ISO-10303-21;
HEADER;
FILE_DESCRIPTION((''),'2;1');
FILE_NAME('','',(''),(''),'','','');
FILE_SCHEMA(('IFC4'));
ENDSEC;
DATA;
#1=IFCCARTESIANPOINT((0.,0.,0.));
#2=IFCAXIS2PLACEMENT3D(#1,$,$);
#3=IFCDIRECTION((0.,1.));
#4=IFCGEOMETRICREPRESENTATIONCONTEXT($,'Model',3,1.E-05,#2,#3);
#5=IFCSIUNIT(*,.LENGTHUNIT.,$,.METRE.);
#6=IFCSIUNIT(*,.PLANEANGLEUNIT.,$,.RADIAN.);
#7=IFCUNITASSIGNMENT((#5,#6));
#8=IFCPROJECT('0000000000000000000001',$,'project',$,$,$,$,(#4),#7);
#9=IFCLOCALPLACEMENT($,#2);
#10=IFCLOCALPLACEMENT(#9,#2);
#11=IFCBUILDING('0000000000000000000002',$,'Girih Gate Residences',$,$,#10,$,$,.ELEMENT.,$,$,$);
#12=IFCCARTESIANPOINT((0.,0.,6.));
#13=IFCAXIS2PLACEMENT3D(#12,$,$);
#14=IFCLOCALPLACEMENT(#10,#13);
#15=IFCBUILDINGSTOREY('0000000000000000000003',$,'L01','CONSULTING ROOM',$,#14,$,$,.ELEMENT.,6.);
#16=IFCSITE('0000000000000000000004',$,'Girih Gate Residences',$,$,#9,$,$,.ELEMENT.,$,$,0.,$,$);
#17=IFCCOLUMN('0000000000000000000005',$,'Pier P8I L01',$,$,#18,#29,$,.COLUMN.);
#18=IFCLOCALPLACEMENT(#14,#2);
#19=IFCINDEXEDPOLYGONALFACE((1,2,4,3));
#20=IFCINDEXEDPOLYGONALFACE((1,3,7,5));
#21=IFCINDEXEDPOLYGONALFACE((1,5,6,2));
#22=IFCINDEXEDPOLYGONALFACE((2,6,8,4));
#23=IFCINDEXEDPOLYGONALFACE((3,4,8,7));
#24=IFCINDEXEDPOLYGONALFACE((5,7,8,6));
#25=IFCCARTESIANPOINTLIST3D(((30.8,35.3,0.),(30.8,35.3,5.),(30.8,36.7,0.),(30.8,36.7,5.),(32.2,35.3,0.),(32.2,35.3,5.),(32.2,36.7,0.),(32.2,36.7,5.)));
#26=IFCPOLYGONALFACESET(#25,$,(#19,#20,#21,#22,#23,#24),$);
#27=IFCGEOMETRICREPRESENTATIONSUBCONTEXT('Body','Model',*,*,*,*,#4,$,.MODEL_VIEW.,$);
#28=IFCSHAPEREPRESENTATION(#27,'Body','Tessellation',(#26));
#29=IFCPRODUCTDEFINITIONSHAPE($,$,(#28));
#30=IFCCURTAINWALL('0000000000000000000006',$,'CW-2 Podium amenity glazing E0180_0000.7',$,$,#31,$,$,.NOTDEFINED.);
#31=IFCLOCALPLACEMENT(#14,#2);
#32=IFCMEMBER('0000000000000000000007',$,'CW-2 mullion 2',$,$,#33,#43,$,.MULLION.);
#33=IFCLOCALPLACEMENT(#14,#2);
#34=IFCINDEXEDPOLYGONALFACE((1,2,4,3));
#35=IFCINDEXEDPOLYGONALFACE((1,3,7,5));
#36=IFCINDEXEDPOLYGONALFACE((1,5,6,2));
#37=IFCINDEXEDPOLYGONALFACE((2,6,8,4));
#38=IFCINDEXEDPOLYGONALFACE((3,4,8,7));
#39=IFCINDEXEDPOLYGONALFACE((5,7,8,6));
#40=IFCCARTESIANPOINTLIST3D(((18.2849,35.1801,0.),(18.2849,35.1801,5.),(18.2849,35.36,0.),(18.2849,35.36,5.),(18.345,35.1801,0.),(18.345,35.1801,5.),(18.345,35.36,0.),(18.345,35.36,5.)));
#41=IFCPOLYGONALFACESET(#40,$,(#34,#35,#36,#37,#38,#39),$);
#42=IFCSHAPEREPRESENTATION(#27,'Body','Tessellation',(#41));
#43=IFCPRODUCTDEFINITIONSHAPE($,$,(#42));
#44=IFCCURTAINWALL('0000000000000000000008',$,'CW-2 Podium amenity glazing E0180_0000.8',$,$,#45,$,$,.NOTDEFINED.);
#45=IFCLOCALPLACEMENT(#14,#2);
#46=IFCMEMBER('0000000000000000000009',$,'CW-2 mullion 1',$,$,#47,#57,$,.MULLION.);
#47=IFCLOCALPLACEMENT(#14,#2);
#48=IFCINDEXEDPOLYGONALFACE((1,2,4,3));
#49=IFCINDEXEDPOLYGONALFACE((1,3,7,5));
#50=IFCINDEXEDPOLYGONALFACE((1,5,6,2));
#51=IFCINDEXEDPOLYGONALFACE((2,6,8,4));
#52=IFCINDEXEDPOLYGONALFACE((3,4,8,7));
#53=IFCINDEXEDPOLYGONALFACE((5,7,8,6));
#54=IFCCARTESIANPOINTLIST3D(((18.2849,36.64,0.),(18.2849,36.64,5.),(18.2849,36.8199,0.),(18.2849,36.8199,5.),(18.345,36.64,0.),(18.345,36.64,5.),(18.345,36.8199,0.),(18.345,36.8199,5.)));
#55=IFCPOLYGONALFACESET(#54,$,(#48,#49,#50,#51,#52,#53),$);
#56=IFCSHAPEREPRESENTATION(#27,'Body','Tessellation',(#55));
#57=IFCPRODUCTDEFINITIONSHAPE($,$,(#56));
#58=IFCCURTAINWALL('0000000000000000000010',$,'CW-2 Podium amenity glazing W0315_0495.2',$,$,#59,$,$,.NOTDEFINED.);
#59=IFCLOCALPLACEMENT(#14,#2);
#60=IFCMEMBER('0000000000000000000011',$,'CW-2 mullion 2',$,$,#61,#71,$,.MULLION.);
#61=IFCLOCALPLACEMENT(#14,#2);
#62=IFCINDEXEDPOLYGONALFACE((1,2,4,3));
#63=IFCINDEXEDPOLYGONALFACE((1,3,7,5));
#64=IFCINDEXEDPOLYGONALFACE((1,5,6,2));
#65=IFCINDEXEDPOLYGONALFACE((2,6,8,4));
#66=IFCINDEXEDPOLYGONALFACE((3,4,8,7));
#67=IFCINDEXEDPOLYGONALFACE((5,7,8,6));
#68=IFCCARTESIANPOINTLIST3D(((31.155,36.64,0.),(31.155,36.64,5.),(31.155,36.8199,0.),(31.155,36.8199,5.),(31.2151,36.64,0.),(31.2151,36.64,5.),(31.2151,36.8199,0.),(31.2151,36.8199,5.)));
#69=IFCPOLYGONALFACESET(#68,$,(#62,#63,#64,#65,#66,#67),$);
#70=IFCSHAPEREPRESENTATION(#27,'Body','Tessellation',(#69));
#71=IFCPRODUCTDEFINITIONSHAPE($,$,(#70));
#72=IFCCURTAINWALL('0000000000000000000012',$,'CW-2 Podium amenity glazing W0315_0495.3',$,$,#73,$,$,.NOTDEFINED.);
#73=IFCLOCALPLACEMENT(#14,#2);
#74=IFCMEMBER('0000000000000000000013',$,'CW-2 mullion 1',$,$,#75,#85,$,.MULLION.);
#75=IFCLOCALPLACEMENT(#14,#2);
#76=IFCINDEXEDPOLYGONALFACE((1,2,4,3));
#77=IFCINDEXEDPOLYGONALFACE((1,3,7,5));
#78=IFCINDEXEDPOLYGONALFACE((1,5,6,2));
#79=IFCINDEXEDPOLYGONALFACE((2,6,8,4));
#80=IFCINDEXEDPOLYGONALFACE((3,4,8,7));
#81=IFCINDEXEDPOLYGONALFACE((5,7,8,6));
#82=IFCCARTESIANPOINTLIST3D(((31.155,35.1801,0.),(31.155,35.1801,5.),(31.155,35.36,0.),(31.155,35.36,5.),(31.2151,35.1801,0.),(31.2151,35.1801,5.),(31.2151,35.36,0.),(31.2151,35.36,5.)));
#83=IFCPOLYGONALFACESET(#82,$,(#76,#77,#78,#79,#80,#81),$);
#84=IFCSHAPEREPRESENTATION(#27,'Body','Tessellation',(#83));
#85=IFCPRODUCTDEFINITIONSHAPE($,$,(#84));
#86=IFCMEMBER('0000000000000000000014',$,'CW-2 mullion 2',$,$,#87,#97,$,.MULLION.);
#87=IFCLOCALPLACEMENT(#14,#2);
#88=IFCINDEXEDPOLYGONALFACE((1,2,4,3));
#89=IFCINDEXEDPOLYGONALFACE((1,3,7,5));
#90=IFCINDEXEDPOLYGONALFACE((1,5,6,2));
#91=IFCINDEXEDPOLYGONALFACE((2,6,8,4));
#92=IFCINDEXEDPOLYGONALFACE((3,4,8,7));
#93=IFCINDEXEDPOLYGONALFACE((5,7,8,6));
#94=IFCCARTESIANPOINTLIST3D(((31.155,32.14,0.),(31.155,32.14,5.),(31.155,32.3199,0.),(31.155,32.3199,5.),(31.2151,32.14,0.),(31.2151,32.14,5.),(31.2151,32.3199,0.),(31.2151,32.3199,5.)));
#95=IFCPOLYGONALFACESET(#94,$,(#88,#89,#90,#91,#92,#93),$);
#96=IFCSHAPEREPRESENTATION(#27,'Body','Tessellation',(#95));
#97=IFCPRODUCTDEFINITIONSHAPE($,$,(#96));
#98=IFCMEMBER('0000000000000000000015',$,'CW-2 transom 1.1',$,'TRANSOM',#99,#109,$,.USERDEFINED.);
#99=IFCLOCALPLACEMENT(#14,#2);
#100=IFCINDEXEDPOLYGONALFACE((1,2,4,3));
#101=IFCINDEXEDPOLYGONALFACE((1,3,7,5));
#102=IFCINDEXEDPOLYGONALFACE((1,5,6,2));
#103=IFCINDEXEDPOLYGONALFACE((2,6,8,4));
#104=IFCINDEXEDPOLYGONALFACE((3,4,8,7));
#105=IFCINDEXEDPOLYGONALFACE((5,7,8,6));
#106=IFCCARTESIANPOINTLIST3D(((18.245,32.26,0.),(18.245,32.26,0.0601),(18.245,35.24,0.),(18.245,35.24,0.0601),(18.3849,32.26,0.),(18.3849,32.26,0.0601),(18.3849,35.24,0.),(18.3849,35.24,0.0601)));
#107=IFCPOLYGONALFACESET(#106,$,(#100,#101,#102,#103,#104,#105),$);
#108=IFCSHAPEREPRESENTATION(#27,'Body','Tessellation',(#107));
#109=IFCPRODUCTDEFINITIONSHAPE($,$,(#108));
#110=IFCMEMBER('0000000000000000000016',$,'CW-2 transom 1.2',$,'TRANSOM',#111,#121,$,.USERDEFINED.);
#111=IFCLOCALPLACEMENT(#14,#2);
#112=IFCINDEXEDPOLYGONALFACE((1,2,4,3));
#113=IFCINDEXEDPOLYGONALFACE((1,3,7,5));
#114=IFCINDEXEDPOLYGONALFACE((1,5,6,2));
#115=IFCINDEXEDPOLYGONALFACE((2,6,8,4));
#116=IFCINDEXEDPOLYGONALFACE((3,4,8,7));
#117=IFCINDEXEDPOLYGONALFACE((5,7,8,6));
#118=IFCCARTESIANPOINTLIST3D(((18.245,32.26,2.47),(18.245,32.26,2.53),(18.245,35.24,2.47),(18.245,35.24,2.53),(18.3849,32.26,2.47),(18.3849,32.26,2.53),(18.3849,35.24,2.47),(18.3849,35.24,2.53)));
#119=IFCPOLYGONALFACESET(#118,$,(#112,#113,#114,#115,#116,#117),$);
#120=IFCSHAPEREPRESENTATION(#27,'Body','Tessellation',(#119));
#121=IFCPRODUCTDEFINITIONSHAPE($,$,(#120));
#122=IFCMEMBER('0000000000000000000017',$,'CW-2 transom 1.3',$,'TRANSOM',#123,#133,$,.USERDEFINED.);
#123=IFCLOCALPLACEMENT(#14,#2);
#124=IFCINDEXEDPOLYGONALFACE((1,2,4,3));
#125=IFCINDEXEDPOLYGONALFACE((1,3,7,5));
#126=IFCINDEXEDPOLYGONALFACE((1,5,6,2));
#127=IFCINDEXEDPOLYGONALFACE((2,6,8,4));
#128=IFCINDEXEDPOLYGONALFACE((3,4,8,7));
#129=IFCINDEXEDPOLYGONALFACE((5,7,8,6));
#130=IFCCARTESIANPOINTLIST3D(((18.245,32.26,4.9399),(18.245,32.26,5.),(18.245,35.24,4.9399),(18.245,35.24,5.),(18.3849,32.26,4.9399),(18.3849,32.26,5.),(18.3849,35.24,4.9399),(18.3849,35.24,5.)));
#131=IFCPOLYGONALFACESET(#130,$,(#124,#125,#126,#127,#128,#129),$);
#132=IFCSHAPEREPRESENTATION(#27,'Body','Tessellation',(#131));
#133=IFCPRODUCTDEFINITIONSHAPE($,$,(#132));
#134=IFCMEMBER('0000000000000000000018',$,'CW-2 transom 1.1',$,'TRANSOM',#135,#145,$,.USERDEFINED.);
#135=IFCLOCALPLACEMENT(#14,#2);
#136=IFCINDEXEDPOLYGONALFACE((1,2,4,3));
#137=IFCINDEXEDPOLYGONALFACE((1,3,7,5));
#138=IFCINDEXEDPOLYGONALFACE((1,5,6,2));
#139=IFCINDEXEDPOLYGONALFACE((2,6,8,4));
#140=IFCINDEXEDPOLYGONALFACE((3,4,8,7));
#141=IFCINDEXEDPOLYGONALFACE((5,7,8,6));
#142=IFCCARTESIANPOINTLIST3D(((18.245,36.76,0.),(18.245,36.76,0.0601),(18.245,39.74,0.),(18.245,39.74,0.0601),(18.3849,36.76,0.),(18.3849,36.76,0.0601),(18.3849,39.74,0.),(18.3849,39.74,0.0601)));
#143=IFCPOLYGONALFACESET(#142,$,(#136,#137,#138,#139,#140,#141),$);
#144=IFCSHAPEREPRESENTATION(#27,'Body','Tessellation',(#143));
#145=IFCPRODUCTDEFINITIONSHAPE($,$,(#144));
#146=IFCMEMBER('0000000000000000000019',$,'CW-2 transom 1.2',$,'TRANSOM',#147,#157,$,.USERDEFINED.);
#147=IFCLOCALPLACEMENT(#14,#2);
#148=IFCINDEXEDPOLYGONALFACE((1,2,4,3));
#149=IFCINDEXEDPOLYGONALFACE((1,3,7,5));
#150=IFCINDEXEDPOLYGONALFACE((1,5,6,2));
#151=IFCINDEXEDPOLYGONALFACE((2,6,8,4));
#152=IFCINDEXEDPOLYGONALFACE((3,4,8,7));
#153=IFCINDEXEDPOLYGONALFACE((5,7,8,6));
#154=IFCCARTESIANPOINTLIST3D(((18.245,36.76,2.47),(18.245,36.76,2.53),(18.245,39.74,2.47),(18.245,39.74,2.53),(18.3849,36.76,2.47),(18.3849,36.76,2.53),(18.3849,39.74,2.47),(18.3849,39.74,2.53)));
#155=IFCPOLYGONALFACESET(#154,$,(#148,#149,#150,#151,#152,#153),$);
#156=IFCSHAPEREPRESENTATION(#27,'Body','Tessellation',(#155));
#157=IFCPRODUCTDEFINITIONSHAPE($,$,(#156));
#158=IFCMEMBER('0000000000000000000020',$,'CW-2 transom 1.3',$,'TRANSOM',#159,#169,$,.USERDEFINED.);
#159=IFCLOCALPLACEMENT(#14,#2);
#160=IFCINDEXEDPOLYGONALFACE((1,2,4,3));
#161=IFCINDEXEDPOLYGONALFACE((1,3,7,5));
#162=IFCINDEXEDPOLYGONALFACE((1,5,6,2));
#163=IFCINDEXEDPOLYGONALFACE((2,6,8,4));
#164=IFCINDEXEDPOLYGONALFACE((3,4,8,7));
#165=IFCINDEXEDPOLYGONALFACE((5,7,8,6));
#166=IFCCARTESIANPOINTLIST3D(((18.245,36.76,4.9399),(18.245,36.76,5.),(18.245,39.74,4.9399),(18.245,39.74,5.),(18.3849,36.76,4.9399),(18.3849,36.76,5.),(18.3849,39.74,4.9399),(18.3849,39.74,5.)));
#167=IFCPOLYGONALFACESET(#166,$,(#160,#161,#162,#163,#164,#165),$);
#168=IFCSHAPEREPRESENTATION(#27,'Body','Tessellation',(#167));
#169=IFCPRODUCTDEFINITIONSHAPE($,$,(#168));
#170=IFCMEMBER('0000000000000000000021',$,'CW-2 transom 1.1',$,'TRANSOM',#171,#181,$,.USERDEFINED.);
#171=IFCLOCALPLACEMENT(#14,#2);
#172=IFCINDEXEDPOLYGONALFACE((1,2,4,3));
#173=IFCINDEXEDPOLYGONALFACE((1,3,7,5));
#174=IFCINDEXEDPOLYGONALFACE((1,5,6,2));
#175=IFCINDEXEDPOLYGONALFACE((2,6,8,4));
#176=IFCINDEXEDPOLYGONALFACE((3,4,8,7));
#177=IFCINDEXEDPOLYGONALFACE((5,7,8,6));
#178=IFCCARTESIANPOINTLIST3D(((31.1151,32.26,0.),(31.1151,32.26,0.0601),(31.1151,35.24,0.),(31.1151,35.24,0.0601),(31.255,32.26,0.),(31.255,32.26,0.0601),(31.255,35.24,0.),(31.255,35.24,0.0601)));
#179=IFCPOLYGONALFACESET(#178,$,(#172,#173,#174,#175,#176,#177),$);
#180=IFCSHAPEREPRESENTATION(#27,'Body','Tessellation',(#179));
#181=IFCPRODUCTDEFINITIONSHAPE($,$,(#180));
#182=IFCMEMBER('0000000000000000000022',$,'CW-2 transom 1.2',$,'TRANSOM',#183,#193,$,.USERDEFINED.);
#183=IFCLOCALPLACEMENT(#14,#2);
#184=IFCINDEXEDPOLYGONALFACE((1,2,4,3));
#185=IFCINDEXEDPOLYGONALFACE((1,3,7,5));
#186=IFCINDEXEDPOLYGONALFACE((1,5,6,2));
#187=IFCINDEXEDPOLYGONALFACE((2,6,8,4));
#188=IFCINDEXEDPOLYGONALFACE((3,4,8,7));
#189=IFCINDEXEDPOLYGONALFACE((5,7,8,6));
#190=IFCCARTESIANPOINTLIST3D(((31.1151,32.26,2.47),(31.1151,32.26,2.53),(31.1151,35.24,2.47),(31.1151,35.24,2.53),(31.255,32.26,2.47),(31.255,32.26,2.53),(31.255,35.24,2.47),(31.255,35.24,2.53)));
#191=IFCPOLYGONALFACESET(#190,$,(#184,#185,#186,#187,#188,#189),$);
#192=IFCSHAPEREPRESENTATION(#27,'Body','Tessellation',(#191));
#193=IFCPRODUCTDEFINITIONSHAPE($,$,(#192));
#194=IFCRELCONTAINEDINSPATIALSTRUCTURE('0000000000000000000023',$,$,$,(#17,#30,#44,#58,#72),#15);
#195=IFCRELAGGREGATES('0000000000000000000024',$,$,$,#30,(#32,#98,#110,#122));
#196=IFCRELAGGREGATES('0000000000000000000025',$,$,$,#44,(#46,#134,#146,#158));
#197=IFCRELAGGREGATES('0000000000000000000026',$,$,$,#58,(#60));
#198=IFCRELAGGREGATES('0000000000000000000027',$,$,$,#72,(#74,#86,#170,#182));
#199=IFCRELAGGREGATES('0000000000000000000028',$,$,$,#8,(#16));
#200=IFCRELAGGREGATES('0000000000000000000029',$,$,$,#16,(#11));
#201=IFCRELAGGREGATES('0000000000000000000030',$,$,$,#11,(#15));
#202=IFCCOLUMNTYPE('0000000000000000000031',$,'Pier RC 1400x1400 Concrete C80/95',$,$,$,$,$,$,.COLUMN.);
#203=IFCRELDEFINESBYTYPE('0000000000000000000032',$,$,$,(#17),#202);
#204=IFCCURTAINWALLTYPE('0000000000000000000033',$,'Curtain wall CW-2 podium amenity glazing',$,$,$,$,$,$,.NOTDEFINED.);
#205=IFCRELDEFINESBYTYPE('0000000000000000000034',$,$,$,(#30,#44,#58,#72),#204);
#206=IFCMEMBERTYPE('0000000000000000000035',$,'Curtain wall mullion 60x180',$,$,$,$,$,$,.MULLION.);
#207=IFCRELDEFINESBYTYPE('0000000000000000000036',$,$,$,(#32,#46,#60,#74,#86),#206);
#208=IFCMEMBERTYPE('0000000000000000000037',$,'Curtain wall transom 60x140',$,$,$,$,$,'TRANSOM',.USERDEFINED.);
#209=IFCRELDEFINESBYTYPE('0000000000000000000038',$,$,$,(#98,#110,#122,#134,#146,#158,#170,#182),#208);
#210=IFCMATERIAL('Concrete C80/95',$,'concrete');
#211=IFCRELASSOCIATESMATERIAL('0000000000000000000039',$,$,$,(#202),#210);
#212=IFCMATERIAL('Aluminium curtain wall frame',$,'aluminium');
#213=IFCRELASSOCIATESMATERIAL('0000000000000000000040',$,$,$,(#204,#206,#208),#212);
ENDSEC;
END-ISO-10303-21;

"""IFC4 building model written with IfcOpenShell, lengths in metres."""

from ifc_helpers import new_model, si_unit, direction, frame, origin, origin_2d, place, context, subcontext, project, spatial, rectangle, extrude, material, material_profile, profile_set, type_object, element, aggregate, save


model = new_model("IFC4")

# Units and contexts
model_context = context("Model", 3, precision=1e-05, world=origin(), true_north=direction((0.0, 1.0)))
body_context = subcontext(model_context, "Body", "Model", "MODEL_VIEW")
ifc_project = project(units=[si_unit("LENGTHUNIT", "METRE"), si_unit("PLANEANGLEUNIT", "RADIAN")], contexts=[model_context])

# Site, building, storey
site_placement = place(None, origin())
site = spatial("IfcSite", under=ifc_project, at=site_placement, Name="Girih Gate Residences", CompositionType="ELEMENT", RefElevation=0.0)
building_placement = place(site_placement, origin())
building = spatial("IfcBuilding", under=site, at=building_placement, Name="Girih Gate Residences", CompositionType="ELEMENT")
storey_placement = place(building_placement, frame((0.0, 0.0, 6.0)))
storey = spatial("IfcBuildingStorey", under=building, at=storey_placement, Name="L01", Description="CONSULTING ROOM", CompositionType="ELEMENT", Elevation=6.0)

# Column
ifc_material_1 = material(Name="Concrete C80/95", Category="concrete")
ifc_material_profile_1 = material_profile(ifc_material_1, rectangle(XDim=1.3999, YDim=1.3999, at=origin_2d()))
ifc_profile_set_1 = profile_set([ifc_material_profile_1], Name="Concrete C80/95")
column_type = type_object("IfcColumnType", Name="Pier RC 1400x1400 Concrete C80/95", PredefinedType="COLUMN", material=ifc_profile_set_1)
column_placement = place(storey_placement, frame((31.5, 36.0, 0.0), z_axis=(0.0, 0.0, 1.0), x_axis=(1.0, 0.0, 0.0)))
element("IfcColumn", 1, at=column_placement, inside=storey, type_object=column_type, Name="Pier P8I L01", PredefinedType="COLUMN", context=body_context, shape_type="SweptSolid", body=[
    extrude(rectangle(XDim=1.3999, YDim=1.3999, at=origin_2d()), origin(), (0.0, 0.0, 1.0), 5.0),
])

# Curtain walls, members
ifc_material_2 = material(Name="Aluminium curtain wall frame", Category="aluminium")
curtain_wall_type = type_object("IfcCurtainWallType", Name="Curtain wall CW-2 podium amenity glazing", PredefinedType="NOTDEFINED", material=ifc_material_2)
curtain_wall_1_placement = place(storey_placement, origin())
curtain_wall_1 = element("IfcCurtainWall", 2, at=curtain_wall_1_placement, inside=storey, type_object=curtain_wall_type, Name="CW-2 Podium amenity glazing E0180_0000.7", PredefinedType="NOTDEFINED")
ifc_material_profile_2 = material_profile(ifc_material_2, rectangle(XDim=0.0601, YDim=0.1799, at=origin_2d()))
ifc_profile_set_2 = profile_set([ifc_material_profile_2], Name="Aluminium curtain wall frame")
member_type_1 = type_object("IfcMemberType", Name="Curtain wall mullion 60x180", PredefinedType="MULLION", material=ifc_profile_set_2)
member_1_placement = place(storey_placement, frame((18.3149, 35.27, 0.0), z_axis=(0.0, 0.0, 1.0), x_axis=(-1.0, 0.0, 0.0)))
member_1 = element("IfcMember", 3, at=member_1_placement, type_object=member_type_1, Name="CW-2 mullion 2", PredefinedType="MULLION", context=body_context, shape_type="SweptSolid", body=[
    extrude(rectangle(XDim=0.0601, YDim=0.1799, at=origin_2d()), origin(), (0.0, 0.0, 1.0), 5.0),
])
curtain_wall_2_placement = place(storey_placement, origin())
curtain_wall_2 = element("IfcCurtainWall", 4, at=curtain_wall_2_placement, inside=storey, type_object=curtain_wall_type, Name="CW-2 Podium amenity glazing E0180_0000.8", PredefinedType="NOTDEFINED")
member_2_placement = place(storey_placement, frame((18.3149, 36.73, 0.0), z_axis=(0.0, 0.0, 1.0), x_axis=(-1.0, 0.0, 0.0)))
member_2 = element("IfcMember", 5, at=member_2_placement, type_object=member_type_1, Name="CW-2 mullion 1", PredefinedType="MULLION", context=body_context, shape_type="SweptSolid", body=[
    extrude(rectangle(XDim=0.0601, YDim=0.1799, at=origin_2d()), origin(), (0.0, 0.0, 1.0), 5.0),
])
curtain_wall_3_placement = place(storey_placement, origin())
curtain_wall_3 = element("IfcCurtainWall", 6, at=curtain_wall_3_placement, inside=storey, type_object=curtain_wall_type, Name="CW-2 Podium amenity glazing W0315_0495.2", PredefinedType="NOTDEFINED")
member_3_placement = place(storey_placement, frame((31.1851, 36.73, 0.0), z_axis=(0.0, 0.0, 1.0), x_axis=(1.0, 0.0, 0.0)))
member_3 = element("IfcMember", 7, at=member_3_placement, type_object=member_type_1, Name="CW-2 mullion 2", PredefinedType="MULLION", context=body_context, shape_type="SweptSolid", body=[
    extrude(rectangle(XDim=0.0601, YDim=0.1799, at=origin_2d()), origin(), (0.0, 0.0, 1.0), 5.0),
])

# Curtain wall, members
curtain_wall_4_placement = place(storey_placement, origin())
curtain_wall_4 = element("IfcCurtainWall", 8, at=curtain_wall_4_placement, inside=storey, type_object=curtain_wall_type, Name="CW-2 Podium amenity glazing W0315_0495.3", PredefinedType="NOTDEFINED")
member_4_placement = place(storey_placement, frame((31.1851, 35.27, 0.0), z_axis=(0.0, 0.0, 1.0), x_axis=(1.0, 0.0, 0.0)))
member_4 = element("IfcMember", 9, at=member_4_placement, type_object=member_type_1, Name="CW-2 mullion 1", PredefinedType="MULLION", context=body_context, shape_type="SweptSolid", body=[
    extrude(rectangle(XDim=0.0601, YDim=0.1799, at=origin_2d()), origin(), (0.0, 0.0, 1.0), 5.0),
])
member_5_placement = place(storey_placement, frame((31.1851, 32.23, 0.0), z_axis=(0.0, 0.0, 1.0), x_axis=(1.0, 0.0, 0.0)))
member_5 = element("IfcMember", 10, at=member_5_placement, type_object=member_type_1, Name="CW-2 mullion 2", PredefinedType="MULLION", context=body_context, shape_type="SweptSolid", body=[
    extrude(rectangle(XDim=0.0601, YDim=0.1799, at=origin_2d()), origin(), (0.0, 0.0, 1.0), 5.0),
])

# Members
ifc_material_profile_3 = material_profile(ifc_material_2, rectangle(XDim=0.1399, YDim=0.0601, at=origin_2d()))
ifc_profile_set_3 = profile_set([ifc_material_profile_3], Name="Aluminium curtain wall frame")
member_type_2 = type_object("IfcMemberType", Name="Curtain wall transom 60x140", ElementType="TRANSOM", PredefinedType="USERDEFINED", material=ifc_profile_set_3)
member_6_placement = place(storey_placement, frame((18.3149, 32.26, 0.03), z_axis=(0.0, 1.0, 0.0), x_axis=(-1.0, 0.0, 0.0)))
member_6 = element("IfcMember", 11, at=member_6_placement, type_object=member_type_2, Name="CW-2 transom 1.1", ObjectType="TRANSOM", PredefinedType="USERDEFINED", context=body_context, shape_type="SweptSolid", body=[
    extrude(rectangle(XDim=0.1399, YDim=0.0601, at=origin_2d()), origin(), (0.0, 0.0, 1.0), 2.98),
])
member_7_placement = place(storey_placement, frame((18.3149, 32.26, 2.5), z_axis=(0.0, 1.0, 0.0), x_axis=(-1.0, 0.0, 0.0)))
member_7 = element("IfcMember", 12, at=member_7_placement, type_object=member_type_2, Name="CW-2 transom 1.2", ObjectType="TRANSOM", PredefinedType="USERDEFINED", context=body_context, shape_type="SweptSolid", body=[
    extrude(rectangle(XDim=0.1399, YDim=0.0601, at=origin_2d()), origin(), (0.0, 0.0, 1.0), 2.98),
])
member_8_placement = place(storey_placement, frame((18.3149, 32.26, 4.97), z_axis=(0.0, 1.0, 0.0), x_axis=(-1.0, 0.0, 0.0)))
member_8 = element("IfcMember", 13, at=member_8_placement, type_object=member_type_2, Name="CW-2 transom 1.3", ObjectType="TRANSOM", PredefinedType="USERDEFINED", context=body_context, shape_type="SweptSolid", body=[
    extrude(rectangle(XDim=0.1399, YDim=0.0601, at=origin_2d()), origin(), (0.0, 0.0, 1.0), 2.98),
])
member_9_placement = place(storey_placement, frame((18.3149, 36.76, 0.03), z_axis=(0.0, 1.0, 0.0), x_axis=(-1.0, 0.0, 0.0)))
member_9 = element("IfcMember", 14, at=member_9_placement, type_object=member_type_2, Name="CW-2 transom 1.1", ObjectType="TRANSOM", PredefinedType="USERDEFINED", context=body_context, shape_type="SweptSolid", body=[
    extrude(rectangle(XDim=0.1399, YDim=0.0601, at=origin_2d()), origin(), (0.0, 0.0, 1.0), 2.98),
])
member_10_placement = place(storey_placement, frame((18.3149, 36.76, 2.5), z_axis=(0.0, 1.0, 0.0), x_axis=(-1.0, 0.0, 0.0)))
member_10 = element("IfcMember", 15, at=member_10_placement, type_object=member_type_2, Name="CW-2 transom 1.2", ObjectType="TRANSOM", PredefinedType="USERDEFINED", context=body_context, shape_type="SweptSolid", body=[
    extrude(rectangle(XDim=0.1399, YDim=0.0601, at=origin_2d()), origin(), (0.0, 0.0, 1.0), 2.98),
])
member_11_placement = place(storey_placement, frame((18.3149, 36.76, 4.97), z_axis=(0.0, 1.0, 0.0), x_axis=(-1.0, 0.0, 0.0)))
member_11 = element("IfcMember", 16, at=member_11_placement, type_object=member_type_2, Name="CW-2 transom 1.3", ObjectType="TRANSOM", PredefinedType="USERDEFINED", context=body_context, shape_type="SweptSolid", body=[
    extrude(rectangle(XDim=0.1399, YDim=0.0601, at=origin_2d()), origin(), (0.0, 0.0, 1.0), 2.98),
])
member_12_placement = place(storey_placement, frame((31.1851, 35.24, 0.03), z_axis=(0.0, -1.0, 0.0), x_axis=(1.0, 0.0, 0.0)))
member_12 = element("IfcMember", 17, at=member_12_placement, type_object=member_type_2, Name="CW-2 transom 1.1", ObjectType="TRANSOM", PredefinedType="USERDEFINED", context=body_context, shape_type="SweptSolid", body=[
    extrude(rectangle(XDim=0.1399, YDim=0.0601, at=origin_2d()), origin(), (0.0, 0.0, 1.0), 2.98),
])
member_13_placement = place(storey_placement, frame((31.1851, 35.24, 2.5), z_axis=(0.0, -1.0, 0.0), x_axis=(1.0, 0.0, 0.0)))
member_13 = element("IfcMember", 18, at=member_13_placement, type_object=member_type_2, Name="CW-2 transom 1.2", ObjectType="TRANSOM", PredefinedType="USERDEFINED", context=body_context, shape_type="SweptSolid", body=[
    extrude(rectangle(XDim=0.1399, YDim=0.0601, at=origin_2d()), origin(), (0.0, 0.0, 1.0), 2.98),
])

aggregate(curtain_wall_1, [member_1, member_6, member_7, member_8])
aggregate(curtain_wall_2, [member_2, member_9, member_10, member_11])
aggregate(curtain_wall_3, [member_3])
aggregate(curtain_wall_4, [member_4, member_5, member_12, member_13])

save(model, "model.ifc")
